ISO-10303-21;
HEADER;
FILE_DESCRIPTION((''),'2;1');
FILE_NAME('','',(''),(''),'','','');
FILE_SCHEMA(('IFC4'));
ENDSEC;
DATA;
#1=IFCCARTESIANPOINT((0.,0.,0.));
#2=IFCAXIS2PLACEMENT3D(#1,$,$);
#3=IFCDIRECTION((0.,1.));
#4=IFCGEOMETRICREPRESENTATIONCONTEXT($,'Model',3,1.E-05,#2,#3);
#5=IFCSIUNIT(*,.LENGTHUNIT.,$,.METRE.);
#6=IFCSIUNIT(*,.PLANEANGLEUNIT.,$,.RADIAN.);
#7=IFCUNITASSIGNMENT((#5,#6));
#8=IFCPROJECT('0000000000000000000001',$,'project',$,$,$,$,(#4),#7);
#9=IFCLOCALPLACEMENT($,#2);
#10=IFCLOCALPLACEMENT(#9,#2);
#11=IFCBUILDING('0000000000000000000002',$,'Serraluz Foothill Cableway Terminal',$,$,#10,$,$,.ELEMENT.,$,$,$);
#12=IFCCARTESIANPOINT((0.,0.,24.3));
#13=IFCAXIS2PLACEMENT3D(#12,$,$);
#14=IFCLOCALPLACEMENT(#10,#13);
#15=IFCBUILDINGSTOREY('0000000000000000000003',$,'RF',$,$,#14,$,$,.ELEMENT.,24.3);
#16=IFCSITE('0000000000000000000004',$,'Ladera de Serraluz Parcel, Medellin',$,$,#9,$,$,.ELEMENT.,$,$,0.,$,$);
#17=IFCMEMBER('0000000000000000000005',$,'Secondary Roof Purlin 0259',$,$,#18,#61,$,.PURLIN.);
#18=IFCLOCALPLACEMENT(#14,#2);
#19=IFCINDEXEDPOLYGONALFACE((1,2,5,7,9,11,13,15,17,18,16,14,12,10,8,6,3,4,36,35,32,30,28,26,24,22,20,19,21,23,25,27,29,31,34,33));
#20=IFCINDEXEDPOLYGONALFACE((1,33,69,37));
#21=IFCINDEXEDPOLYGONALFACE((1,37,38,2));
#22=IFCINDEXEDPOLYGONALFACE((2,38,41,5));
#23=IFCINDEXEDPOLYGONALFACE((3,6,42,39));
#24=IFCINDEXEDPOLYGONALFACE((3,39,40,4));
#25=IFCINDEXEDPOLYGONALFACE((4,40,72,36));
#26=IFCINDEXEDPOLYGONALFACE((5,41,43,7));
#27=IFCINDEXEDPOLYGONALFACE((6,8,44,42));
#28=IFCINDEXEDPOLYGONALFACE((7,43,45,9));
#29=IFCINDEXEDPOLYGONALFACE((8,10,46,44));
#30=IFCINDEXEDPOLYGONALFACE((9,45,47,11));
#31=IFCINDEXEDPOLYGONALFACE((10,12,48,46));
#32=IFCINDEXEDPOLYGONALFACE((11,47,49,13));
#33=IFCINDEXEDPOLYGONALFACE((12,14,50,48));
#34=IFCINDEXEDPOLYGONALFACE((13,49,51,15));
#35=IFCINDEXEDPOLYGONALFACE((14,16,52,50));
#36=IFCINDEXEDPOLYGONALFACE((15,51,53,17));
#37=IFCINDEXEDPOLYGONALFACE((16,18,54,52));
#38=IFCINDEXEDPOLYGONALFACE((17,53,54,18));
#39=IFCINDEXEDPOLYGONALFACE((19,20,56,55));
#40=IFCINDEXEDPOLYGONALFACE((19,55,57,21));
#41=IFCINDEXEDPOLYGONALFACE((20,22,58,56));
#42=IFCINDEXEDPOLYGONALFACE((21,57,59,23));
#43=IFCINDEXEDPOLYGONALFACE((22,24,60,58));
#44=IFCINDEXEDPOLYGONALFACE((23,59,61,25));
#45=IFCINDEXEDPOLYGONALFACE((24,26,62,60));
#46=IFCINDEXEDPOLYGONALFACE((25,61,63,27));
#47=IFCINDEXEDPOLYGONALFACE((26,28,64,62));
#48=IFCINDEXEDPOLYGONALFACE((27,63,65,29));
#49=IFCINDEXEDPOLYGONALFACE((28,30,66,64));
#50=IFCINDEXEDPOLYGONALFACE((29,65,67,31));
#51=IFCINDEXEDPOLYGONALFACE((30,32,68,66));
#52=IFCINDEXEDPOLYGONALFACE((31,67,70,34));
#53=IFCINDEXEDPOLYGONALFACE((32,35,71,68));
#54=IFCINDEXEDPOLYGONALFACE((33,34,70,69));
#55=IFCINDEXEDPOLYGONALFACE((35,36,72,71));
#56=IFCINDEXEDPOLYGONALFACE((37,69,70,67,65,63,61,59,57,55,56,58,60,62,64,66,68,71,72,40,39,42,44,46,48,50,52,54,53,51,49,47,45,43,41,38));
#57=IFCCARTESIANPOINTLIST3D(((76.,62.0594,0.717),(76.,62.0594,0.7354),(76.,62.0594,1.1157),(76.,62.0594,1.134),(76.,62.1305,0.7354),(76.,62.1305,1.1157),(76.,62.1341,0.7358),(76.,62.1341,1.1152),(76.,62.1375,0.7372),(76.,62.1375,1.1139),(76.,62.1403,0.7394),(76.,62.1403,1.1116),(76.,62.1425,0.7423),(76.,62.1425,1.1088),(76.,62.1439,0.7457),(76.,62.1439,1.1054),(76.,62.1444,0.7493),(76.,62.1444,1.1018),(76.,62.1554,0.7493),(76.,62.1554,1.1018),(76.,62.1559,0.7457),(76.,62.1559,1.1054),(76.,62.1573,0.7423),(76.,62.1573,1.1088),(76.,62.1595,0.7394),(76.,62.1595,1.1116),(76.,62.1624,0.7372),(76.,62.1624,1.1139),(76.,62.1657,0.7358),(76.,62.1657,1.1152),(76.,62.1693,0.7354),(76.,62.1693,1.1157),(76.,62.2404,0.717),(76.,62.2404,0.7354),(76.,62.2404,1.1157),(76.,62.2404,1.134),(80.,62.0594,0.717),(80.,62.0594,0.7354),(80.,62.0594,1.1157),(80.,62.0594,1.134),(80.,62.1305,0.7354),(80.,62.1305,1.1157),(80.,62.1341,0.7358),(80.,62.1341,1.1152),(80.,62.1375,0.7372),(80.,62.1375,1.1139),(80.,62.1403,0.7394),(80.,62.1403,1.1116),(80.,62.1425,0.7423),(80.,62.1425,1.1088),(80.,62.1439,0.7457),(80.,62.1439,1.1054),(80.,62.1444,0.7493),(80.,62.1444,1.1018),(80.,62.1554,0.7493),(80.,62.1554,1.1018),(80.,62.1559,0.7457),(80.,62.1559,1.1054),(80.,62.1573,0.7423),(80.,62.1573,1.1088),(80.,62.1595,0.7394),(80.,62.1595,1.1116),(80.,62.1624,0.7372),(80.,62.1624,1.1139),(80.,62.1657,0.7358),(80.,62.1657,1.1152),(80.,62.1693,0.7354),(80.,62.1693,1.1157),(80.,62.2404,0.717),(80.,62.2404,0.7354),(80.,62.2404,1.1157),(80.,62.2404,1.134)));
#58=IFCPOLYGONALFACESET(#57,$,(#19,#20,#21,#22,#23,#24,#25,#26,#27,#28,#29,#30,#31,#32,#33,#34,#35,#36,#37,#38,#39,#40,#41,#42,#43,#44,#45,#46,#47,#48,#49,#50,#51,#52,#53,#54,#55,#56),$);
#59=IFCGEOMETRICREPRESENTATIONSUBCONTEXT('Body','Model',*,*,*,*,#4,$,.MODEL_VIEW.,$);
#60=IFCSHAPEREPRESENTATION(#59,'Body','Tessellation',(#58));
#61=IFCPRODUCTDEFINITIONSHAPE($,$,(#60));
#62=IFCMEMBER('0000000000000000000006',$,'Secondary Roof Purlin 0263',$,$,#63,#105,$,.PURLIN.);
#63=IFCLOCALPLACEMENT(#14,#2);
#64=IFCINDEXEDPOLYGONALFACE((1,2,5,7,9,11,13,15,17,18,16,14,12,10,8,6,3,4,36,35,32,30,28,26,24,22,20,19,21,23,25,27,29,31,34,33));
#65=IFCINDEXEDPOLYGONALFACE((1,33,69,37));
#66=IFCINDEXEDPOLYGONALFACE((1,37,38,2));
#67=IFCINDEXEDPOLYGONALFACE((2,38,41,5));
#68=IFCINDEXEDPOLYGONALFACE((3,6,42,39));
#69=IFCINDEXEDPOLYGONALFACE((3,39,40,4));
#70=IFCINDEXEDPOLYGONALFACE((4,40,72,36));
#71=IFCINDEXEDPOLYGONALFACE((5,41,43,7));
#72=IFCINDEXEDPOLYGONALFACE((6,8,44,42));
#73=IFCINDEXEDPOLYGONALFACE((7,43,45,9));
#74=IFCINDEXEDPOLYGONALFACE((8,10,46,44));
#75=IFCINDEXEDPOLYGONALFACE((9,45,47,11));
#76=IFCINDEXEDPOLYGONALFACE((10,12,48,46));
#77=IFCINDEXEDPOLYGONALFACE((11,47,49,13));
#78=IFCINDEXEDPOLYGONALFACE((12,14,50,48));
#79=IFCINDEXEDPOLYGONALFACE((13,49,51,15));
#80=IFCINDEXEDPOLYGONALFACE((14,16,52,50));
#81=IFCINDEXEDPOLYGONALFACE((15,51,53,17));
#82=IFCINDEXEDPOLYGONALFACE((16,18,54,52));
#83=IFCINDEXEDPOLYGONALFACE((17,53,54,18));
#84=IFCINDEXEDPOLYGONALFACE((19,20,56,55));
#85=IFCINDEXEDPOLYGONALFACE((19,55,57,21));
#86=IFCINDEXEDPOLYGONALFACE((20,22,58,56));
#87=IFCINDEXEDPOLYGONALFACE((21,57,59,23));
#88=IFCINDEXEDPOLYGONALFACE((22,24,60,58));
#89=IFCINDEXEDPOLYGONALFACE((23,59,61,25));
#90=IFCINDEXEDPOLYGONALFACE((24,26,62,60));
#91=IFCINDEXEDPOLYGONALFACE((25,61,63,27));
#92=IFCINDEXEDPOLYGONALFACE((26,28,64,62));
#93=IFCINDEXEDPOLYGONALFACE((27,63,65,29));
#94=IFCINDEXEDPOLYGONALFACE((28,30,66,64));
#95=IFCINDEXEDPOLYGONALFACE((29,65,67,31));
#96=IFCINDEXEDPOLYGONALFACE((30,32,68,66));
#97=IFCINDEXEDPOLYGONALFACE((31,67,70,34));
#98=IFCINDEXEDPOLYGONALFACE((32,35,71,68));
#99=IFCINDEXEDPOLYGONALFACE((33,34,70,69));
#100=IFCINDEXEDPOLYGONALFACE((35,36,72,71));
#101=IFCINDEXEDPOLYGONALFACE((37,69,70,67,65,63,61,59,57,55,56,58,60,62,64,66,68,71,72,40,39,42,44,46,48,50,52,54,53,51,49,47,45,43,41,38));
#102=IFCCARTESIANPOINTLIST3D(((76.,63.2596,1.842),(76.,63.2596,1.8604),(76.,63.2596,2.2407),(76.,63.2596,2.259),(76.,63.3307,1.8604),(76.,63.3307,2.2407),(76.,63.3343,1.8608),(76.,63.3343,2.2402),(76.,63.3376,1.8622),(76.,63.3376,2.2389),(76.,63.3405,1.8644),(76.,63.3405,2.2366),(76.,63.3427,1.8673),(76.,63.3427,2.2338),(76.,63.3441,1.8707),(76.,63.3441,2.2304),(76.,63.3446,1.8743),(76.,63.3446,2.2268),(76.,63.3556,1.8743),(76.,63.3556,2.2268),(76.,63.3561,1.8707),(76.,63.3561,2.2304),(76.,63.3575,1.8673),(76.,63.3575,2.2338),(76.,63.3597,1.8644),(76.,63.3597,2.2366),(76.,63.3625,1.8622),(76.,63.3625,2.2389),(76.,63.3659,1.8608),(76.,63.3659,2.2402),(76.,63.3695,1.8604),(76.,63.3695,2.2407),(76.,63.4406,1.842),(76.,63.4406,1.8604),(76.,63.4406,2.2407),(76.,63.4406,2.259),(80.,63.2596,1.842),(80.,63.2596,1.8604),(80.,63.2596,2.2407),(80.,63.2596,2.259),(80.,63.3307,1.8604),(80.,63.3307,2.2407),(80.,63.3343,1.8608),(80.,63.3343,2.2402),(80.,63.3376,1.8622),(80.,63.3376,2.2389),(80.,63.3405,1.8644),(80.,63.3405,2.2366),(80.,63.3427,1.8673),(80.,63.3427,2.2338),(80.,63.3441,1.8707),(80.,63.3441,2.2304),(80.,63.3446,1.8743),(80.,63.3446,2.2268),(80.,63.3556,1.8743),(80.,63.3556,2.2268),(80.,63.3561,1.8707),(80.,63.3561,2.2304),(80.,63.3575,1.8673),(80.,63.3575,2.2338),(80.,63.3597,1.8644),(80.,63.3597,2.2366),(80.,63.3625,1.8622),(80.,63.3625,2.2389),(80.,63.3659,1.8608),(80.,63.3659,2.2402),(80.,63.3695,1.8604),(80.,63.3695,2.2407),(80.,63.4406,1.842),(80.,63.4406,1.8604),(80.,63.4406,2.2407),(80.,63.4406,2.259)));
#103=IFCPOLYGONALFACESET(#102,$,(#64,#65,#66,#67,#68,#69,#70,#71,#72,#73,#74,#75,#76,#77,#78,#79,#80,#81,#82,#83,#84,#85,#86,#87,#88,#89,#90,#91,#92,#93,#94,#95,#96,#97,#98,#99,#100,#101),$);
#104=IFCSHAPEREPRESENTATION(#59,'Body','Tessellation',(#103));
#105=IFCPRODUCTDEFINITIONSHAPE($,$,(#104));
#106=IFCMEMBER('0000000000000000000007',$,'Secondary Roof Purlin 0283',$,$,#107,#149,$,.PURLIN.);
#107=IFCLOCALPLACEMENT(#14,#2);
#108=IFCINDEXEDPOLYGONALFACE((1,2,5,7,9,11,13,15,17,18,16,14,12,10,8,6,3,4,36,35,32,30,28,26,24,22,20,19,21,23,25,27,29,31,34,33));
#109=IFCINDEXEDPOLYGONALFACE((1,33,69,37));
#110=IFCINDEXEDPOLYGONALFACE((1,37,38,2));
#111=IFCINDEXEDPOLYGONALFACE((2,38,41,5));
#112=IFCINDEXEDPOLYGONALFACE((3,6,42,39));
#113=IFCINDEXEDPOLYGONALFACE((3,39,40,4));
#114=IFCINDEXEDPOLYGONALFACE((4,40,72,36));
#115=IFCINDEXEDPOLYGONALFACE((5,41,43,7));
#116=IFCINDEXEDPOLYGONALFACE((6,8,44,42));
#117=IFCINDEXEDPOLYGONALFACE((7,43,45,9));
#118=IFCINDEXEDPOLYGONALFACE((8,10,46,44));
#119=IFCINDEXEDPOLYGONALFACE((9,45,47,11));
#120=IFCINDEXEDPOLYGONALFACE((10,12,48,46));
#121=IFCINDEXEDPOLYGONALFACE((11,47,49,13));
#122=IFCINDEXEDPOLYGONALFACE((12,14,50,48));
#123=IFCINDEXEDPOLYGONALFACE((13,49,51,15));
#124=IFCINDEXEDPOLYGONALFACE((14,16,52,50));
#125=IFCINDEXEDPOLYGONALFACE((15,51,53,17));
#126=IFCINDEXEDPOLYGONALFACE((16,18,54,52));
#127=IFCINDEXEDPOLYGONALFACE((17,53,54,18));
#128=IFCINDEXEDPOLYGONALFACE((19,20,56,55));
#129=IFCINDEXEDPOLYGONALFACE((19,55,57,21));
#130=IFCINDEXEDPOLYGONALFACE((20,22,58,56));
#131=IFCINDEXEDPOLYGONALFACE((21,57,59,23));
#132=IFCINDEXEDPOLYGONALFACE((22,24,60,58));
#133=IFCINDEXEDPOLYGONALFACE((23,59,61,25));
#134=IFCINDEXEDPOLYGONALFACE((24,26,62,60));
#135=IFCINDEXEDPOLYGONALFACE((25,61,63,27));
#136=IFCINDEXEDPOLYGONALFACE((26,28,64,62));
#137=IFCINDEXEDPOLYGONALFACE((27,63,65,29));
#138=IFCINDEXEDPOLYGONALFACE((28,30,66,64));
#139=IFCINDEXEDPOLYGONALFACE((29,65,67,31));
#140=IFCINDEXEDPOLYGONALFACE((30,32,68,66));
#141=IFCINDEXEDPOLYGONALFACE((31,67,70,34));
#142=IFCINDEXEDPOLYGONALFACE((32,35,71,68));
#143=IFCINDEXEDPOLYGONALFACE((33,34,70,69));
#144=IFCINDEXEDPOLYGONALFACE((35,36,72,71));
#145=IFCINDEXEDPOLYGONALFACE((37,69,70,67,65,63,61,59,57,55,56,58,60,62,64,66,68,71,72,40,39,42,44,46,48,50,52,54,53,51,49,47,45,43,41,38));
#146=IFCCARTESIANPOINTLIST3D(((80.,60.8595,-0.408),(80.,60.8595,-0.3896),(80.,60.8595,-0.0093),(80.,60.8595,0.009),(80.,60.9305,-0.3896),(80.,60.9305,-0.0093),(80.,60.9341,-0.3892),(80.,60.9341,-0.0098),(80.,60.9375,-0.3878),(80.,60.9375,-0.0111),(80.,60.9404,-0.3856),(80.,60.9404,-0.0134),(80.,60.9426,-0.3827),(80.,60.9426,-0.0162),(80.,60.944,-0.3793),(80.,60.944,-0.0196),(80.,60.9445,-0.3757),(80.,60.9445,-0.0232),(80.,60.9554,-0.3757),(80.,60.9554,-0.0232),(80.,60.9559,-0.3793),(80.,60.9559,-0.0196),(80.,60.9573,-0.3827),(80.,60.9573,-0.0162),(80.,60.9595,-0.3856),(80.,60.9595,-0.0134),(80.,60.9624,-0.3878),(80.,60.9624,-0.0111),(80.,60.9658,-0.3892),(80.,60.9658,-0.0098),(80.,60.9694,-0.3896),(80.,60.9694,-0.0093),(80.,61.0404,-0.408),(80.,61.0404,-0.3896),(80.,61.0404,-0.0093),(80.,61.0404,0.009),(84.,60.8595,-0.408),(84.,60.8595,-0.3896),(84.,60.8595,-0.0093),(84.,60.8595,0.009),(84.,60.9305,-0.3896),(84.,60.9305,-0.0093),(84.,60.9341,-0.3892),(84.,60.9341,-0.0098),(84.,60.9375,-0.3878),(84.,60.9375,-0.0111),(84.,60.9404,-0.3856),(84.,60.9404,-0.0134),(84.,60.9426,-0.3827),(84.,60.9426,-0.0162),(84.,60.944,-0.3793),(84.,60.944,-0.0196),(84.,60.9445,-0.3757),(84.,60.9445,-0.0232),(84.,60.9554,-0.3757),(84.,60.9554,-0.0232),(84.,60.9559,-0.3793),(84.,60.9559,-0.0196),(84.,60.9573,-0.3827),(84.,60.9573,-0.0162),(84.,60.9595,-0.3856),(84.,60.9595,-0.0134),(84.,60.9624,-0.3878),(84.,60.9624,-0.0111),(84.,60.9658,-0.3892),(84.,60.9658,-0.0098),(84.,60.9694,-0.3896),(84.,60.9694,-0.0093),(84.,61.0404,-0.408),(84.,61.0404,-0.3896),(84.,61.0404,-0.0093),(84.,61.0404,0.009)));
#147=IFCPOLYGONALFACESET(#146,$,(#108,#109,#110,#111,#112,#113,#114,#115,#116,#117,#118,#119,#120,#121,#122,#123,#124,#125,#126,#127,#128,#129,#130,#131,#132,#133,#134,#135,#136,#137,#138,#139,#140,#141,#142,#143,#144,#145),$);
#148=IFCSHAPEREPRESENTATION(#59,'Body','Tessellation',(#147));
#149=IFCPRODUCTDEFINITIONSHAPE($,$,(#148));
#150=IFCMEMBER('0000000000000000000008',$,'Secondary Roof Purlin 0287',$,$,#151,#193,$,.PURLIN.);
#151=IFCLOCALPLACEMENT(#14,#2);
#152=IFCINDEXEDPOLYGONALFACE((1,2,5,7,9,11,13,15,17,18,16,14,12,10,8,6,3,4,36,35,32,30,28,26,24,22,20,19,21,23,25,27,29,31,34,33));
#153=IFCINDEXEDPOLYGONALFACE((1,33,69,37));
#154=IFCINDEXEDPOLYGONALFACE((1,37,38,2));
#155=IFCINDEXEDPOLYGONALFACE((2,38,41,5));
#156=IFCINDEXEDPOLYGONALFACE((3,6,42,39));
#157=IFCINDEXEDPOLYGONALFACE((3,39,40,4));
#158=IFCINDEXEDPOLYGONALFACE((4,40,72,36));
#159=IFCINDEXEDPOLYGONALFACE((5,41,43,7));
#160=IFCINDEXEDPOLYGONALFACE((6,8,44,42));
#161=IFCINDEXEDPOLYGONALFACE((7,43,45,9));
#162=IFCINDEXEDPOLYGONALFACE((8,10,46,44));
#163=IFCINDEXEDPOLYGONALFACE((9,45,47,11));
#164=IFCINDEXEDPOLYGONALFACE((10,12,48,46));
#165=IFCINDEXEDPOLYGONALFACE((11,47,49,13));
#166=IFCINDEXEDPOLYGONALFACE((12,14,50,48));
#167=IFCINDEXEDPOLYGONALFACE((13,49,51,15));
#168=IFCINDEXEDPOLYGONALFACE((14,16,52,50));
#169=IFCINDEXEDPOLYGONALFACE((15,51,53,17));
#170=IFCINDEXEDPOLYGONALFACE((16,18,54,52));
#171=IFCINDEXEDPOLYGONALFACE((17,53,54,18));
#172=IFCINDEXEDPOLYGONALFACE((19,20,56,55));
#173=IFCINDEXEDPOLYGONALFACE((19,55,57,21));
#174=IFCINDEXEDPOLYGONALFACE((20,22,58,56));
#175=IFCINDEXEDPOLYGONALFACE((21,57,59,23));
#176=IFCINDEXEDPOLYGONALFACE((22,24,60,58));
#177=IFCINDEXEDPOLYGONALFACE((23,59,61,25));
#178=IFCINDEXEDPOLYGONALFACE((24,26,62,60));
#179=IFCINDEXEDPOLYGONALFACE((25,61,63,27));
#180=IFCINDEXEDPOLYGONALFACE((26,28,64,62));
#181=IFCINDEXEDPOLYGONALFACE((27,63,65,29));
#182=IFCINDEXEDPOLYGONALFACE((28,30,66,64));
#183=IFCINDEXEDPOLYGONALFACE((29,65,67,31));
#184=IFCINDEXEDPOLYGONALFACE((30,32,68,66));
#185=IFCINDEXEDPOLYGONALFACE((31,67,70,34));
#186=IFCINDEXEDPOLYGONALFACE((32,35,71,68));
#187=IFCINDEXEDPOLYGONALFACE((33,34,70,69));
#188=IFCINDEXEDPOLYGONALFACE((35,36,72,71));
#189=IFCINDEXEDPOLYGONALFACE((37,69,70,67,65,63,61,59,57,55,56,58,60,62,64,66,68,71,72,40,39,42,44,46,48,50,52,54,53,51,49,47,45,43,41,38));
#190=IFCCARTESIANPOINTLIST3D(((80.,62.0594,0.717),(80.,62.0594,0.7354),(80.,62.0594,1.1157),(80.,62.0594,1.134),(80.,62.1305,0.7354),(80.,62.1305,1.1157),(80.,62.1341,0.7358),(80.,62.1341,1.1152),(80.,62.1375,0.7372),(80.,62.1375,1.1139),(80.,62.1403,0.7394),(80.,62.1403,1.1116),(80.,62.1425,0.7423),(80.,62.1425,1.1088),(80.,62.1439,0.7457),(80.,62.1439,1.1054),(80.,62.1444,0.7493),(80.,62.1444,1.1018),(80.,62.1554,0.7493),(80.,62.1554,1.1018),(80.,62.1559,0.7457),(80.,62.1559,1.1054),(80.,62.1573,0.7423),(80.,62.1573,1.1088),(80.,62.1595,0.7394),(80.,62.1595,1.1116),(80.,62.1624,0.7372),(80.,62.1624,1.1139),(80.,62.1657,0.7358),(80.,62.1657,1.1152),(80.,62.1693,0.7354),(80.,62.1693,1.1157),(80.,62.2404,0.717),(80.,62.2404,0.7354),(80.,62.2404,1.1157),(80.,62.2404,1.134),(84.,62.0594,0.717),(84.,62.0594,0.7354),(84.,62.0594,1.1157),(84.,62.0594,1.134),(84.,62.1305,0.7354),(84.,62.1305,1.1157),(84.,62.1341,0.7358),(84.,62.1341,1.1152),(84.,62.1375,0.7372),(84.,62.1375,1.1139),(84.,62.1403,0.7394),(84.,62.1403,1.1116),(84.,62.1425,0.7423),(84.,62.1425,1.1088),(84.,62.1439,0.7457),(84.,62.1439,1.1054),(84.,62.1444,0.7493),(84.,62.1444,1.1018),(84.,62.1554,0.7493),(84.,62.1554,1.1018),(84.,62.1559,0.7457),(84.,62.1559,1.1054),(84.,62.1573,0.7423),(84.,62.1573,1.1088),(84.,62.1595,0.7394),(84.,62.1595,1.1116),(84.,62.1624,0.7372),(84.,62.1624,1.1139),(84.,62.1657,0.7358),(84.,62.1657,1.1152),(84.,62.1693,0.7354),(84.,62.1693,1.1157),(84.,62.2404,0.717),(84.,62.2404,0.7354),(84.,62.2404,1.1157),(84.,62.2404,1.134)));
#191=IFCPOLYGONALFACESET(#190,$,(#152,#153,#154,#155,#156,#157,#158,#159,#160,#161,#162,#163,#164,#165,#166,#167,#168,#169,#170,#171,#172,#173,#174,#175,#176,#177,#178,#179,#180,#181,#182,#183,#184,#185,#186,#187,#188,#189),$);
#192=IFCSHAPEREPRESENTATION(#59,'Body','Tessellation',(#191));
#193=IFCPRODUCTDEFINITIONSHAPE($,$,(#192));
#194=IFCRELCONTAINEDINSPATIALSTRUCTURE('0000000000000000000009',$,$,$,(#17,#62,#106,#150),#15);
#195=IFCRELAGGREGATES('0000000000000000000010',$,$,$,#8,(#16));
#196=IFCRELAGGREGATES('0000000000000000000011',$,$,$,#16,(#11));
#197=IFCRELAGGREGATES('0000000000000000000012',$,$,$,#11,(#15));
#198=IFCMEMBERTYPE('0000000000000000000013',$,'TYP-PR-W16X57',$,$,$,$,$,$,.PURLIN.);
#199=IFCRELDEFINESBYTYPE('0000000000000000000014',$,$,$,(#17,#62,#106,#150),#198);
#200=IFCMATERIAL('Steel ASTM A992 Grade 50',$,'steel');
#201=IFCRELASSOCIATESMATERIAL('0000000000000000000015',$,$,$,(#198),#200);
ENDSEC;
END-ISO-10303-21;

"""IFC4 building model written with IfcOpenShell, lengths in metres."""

from ifc_helpers import new_model, si_unit, direction, frame, origin, origin_2d, place, context, subcontext, project, spatial, i_section, extrude, material, material_profile, profile_set, type_object, element, save


model = new_model("IFC4")

# Units and contexts
model_context = context("Model", 3, precision=1e-05, world=origin(), true_north=direction((0.0, 1.0)))
body_context = subcontext(model_context, "Body", "Model", "MODEL_VIEW")
ifc_project = project(units=[si_unit("LENGTHUNIT", "METRE"), si_unit("PLANEANGLEUNIT", "RADIAN")], contexts=[model_context])

# Site, building, storey
site_placement = place(None, origin())
site = spatial("IfcSite", under=ifc_project, at=site_placement, Name="Ladera de Serraluz Parcel, Medellin", CompositionType="ELEMENT", RefElevation=0.0)
building_placement = place(site_placement, origin())
building = spatial("IfcBuilding", under=site, at=building_placement, Name="Serraluz Foothill Cableway Terminal", CompositionType="ELEMENT")
storey_placement = place(building_placement, frame((0.0, 0.0, 24.3)))
storey = spatial("IfcBuildingStorey", under=building, at=storey_placement, Name="RF", CompositionType="ELEMENT", Elevation=24.3)

# Members
ifc_material_1 = material(Name="Steel ASTM A992 Grade 50", Category="steel")
ifc_material_profile_1 = material_profile(ifc_material_1, i_section(OverallWidth=0.1809, OverallDepth=0.417, WebThickness=0.011, FlangeThickness=0.0183, FilletRadius=0.0139, at=origin_2d()), Name="W16X57")
ifc_profile_set_1 = profile_set([ifc_material_profile_1], Name="Steel ASTM A992 Grade 50")
member_type_1 = type_object("IfcMemberType", Name="TYP-PR-W16X57", PredefinedType="PURLIN", material=ifc_profile_set_1)
for number, where, z_axis, x_axis, name in (
    (1, (76.0, 62.1499, 0.9255), (1.0, 0.0, 0.0), (0.0, 1.0, 0.0), "Secondary Roof Purlin 0259"),
    (2, (76.0, 63.3501, 2.0505), (1.0, 0.0, 0.0), (0.0, 1.0, 0.0), "Secondary Roof Purlin 0263"),
    (3, (80.0, 60.95, -0.1995), (1.0, 0.0, 0.0), (0.0, 1.0, 0.0), "Secondary Roof Purlin 0283"),
    (4, (80.0, 62.1499, 0.9255), (1.0, 0.0, 0.0), (0.0, 1.0, 0.0), "Secondary Roof Purlin 0287"),
):
    element("IfcMember", number, at=place(storey_placement, frame(where, z_axis=z_axis, x_axis=x_axis)), inside=storey, type_object=member_type_1, Name=name, PredefinedType="PURLIN", context=body_context, shape_type="SweptSolid", body=[
        extrude(i_section(OverallWidth=0.1809, OverallDepth=0.417, WebThickness=0.011, FlangeThickness=0.0183, FilletRadius=0.0139, at=origin_2d()), origin(), (0.0, 0.0, 1.0), 4.0),
    ])

save(model, "model.ifc")
